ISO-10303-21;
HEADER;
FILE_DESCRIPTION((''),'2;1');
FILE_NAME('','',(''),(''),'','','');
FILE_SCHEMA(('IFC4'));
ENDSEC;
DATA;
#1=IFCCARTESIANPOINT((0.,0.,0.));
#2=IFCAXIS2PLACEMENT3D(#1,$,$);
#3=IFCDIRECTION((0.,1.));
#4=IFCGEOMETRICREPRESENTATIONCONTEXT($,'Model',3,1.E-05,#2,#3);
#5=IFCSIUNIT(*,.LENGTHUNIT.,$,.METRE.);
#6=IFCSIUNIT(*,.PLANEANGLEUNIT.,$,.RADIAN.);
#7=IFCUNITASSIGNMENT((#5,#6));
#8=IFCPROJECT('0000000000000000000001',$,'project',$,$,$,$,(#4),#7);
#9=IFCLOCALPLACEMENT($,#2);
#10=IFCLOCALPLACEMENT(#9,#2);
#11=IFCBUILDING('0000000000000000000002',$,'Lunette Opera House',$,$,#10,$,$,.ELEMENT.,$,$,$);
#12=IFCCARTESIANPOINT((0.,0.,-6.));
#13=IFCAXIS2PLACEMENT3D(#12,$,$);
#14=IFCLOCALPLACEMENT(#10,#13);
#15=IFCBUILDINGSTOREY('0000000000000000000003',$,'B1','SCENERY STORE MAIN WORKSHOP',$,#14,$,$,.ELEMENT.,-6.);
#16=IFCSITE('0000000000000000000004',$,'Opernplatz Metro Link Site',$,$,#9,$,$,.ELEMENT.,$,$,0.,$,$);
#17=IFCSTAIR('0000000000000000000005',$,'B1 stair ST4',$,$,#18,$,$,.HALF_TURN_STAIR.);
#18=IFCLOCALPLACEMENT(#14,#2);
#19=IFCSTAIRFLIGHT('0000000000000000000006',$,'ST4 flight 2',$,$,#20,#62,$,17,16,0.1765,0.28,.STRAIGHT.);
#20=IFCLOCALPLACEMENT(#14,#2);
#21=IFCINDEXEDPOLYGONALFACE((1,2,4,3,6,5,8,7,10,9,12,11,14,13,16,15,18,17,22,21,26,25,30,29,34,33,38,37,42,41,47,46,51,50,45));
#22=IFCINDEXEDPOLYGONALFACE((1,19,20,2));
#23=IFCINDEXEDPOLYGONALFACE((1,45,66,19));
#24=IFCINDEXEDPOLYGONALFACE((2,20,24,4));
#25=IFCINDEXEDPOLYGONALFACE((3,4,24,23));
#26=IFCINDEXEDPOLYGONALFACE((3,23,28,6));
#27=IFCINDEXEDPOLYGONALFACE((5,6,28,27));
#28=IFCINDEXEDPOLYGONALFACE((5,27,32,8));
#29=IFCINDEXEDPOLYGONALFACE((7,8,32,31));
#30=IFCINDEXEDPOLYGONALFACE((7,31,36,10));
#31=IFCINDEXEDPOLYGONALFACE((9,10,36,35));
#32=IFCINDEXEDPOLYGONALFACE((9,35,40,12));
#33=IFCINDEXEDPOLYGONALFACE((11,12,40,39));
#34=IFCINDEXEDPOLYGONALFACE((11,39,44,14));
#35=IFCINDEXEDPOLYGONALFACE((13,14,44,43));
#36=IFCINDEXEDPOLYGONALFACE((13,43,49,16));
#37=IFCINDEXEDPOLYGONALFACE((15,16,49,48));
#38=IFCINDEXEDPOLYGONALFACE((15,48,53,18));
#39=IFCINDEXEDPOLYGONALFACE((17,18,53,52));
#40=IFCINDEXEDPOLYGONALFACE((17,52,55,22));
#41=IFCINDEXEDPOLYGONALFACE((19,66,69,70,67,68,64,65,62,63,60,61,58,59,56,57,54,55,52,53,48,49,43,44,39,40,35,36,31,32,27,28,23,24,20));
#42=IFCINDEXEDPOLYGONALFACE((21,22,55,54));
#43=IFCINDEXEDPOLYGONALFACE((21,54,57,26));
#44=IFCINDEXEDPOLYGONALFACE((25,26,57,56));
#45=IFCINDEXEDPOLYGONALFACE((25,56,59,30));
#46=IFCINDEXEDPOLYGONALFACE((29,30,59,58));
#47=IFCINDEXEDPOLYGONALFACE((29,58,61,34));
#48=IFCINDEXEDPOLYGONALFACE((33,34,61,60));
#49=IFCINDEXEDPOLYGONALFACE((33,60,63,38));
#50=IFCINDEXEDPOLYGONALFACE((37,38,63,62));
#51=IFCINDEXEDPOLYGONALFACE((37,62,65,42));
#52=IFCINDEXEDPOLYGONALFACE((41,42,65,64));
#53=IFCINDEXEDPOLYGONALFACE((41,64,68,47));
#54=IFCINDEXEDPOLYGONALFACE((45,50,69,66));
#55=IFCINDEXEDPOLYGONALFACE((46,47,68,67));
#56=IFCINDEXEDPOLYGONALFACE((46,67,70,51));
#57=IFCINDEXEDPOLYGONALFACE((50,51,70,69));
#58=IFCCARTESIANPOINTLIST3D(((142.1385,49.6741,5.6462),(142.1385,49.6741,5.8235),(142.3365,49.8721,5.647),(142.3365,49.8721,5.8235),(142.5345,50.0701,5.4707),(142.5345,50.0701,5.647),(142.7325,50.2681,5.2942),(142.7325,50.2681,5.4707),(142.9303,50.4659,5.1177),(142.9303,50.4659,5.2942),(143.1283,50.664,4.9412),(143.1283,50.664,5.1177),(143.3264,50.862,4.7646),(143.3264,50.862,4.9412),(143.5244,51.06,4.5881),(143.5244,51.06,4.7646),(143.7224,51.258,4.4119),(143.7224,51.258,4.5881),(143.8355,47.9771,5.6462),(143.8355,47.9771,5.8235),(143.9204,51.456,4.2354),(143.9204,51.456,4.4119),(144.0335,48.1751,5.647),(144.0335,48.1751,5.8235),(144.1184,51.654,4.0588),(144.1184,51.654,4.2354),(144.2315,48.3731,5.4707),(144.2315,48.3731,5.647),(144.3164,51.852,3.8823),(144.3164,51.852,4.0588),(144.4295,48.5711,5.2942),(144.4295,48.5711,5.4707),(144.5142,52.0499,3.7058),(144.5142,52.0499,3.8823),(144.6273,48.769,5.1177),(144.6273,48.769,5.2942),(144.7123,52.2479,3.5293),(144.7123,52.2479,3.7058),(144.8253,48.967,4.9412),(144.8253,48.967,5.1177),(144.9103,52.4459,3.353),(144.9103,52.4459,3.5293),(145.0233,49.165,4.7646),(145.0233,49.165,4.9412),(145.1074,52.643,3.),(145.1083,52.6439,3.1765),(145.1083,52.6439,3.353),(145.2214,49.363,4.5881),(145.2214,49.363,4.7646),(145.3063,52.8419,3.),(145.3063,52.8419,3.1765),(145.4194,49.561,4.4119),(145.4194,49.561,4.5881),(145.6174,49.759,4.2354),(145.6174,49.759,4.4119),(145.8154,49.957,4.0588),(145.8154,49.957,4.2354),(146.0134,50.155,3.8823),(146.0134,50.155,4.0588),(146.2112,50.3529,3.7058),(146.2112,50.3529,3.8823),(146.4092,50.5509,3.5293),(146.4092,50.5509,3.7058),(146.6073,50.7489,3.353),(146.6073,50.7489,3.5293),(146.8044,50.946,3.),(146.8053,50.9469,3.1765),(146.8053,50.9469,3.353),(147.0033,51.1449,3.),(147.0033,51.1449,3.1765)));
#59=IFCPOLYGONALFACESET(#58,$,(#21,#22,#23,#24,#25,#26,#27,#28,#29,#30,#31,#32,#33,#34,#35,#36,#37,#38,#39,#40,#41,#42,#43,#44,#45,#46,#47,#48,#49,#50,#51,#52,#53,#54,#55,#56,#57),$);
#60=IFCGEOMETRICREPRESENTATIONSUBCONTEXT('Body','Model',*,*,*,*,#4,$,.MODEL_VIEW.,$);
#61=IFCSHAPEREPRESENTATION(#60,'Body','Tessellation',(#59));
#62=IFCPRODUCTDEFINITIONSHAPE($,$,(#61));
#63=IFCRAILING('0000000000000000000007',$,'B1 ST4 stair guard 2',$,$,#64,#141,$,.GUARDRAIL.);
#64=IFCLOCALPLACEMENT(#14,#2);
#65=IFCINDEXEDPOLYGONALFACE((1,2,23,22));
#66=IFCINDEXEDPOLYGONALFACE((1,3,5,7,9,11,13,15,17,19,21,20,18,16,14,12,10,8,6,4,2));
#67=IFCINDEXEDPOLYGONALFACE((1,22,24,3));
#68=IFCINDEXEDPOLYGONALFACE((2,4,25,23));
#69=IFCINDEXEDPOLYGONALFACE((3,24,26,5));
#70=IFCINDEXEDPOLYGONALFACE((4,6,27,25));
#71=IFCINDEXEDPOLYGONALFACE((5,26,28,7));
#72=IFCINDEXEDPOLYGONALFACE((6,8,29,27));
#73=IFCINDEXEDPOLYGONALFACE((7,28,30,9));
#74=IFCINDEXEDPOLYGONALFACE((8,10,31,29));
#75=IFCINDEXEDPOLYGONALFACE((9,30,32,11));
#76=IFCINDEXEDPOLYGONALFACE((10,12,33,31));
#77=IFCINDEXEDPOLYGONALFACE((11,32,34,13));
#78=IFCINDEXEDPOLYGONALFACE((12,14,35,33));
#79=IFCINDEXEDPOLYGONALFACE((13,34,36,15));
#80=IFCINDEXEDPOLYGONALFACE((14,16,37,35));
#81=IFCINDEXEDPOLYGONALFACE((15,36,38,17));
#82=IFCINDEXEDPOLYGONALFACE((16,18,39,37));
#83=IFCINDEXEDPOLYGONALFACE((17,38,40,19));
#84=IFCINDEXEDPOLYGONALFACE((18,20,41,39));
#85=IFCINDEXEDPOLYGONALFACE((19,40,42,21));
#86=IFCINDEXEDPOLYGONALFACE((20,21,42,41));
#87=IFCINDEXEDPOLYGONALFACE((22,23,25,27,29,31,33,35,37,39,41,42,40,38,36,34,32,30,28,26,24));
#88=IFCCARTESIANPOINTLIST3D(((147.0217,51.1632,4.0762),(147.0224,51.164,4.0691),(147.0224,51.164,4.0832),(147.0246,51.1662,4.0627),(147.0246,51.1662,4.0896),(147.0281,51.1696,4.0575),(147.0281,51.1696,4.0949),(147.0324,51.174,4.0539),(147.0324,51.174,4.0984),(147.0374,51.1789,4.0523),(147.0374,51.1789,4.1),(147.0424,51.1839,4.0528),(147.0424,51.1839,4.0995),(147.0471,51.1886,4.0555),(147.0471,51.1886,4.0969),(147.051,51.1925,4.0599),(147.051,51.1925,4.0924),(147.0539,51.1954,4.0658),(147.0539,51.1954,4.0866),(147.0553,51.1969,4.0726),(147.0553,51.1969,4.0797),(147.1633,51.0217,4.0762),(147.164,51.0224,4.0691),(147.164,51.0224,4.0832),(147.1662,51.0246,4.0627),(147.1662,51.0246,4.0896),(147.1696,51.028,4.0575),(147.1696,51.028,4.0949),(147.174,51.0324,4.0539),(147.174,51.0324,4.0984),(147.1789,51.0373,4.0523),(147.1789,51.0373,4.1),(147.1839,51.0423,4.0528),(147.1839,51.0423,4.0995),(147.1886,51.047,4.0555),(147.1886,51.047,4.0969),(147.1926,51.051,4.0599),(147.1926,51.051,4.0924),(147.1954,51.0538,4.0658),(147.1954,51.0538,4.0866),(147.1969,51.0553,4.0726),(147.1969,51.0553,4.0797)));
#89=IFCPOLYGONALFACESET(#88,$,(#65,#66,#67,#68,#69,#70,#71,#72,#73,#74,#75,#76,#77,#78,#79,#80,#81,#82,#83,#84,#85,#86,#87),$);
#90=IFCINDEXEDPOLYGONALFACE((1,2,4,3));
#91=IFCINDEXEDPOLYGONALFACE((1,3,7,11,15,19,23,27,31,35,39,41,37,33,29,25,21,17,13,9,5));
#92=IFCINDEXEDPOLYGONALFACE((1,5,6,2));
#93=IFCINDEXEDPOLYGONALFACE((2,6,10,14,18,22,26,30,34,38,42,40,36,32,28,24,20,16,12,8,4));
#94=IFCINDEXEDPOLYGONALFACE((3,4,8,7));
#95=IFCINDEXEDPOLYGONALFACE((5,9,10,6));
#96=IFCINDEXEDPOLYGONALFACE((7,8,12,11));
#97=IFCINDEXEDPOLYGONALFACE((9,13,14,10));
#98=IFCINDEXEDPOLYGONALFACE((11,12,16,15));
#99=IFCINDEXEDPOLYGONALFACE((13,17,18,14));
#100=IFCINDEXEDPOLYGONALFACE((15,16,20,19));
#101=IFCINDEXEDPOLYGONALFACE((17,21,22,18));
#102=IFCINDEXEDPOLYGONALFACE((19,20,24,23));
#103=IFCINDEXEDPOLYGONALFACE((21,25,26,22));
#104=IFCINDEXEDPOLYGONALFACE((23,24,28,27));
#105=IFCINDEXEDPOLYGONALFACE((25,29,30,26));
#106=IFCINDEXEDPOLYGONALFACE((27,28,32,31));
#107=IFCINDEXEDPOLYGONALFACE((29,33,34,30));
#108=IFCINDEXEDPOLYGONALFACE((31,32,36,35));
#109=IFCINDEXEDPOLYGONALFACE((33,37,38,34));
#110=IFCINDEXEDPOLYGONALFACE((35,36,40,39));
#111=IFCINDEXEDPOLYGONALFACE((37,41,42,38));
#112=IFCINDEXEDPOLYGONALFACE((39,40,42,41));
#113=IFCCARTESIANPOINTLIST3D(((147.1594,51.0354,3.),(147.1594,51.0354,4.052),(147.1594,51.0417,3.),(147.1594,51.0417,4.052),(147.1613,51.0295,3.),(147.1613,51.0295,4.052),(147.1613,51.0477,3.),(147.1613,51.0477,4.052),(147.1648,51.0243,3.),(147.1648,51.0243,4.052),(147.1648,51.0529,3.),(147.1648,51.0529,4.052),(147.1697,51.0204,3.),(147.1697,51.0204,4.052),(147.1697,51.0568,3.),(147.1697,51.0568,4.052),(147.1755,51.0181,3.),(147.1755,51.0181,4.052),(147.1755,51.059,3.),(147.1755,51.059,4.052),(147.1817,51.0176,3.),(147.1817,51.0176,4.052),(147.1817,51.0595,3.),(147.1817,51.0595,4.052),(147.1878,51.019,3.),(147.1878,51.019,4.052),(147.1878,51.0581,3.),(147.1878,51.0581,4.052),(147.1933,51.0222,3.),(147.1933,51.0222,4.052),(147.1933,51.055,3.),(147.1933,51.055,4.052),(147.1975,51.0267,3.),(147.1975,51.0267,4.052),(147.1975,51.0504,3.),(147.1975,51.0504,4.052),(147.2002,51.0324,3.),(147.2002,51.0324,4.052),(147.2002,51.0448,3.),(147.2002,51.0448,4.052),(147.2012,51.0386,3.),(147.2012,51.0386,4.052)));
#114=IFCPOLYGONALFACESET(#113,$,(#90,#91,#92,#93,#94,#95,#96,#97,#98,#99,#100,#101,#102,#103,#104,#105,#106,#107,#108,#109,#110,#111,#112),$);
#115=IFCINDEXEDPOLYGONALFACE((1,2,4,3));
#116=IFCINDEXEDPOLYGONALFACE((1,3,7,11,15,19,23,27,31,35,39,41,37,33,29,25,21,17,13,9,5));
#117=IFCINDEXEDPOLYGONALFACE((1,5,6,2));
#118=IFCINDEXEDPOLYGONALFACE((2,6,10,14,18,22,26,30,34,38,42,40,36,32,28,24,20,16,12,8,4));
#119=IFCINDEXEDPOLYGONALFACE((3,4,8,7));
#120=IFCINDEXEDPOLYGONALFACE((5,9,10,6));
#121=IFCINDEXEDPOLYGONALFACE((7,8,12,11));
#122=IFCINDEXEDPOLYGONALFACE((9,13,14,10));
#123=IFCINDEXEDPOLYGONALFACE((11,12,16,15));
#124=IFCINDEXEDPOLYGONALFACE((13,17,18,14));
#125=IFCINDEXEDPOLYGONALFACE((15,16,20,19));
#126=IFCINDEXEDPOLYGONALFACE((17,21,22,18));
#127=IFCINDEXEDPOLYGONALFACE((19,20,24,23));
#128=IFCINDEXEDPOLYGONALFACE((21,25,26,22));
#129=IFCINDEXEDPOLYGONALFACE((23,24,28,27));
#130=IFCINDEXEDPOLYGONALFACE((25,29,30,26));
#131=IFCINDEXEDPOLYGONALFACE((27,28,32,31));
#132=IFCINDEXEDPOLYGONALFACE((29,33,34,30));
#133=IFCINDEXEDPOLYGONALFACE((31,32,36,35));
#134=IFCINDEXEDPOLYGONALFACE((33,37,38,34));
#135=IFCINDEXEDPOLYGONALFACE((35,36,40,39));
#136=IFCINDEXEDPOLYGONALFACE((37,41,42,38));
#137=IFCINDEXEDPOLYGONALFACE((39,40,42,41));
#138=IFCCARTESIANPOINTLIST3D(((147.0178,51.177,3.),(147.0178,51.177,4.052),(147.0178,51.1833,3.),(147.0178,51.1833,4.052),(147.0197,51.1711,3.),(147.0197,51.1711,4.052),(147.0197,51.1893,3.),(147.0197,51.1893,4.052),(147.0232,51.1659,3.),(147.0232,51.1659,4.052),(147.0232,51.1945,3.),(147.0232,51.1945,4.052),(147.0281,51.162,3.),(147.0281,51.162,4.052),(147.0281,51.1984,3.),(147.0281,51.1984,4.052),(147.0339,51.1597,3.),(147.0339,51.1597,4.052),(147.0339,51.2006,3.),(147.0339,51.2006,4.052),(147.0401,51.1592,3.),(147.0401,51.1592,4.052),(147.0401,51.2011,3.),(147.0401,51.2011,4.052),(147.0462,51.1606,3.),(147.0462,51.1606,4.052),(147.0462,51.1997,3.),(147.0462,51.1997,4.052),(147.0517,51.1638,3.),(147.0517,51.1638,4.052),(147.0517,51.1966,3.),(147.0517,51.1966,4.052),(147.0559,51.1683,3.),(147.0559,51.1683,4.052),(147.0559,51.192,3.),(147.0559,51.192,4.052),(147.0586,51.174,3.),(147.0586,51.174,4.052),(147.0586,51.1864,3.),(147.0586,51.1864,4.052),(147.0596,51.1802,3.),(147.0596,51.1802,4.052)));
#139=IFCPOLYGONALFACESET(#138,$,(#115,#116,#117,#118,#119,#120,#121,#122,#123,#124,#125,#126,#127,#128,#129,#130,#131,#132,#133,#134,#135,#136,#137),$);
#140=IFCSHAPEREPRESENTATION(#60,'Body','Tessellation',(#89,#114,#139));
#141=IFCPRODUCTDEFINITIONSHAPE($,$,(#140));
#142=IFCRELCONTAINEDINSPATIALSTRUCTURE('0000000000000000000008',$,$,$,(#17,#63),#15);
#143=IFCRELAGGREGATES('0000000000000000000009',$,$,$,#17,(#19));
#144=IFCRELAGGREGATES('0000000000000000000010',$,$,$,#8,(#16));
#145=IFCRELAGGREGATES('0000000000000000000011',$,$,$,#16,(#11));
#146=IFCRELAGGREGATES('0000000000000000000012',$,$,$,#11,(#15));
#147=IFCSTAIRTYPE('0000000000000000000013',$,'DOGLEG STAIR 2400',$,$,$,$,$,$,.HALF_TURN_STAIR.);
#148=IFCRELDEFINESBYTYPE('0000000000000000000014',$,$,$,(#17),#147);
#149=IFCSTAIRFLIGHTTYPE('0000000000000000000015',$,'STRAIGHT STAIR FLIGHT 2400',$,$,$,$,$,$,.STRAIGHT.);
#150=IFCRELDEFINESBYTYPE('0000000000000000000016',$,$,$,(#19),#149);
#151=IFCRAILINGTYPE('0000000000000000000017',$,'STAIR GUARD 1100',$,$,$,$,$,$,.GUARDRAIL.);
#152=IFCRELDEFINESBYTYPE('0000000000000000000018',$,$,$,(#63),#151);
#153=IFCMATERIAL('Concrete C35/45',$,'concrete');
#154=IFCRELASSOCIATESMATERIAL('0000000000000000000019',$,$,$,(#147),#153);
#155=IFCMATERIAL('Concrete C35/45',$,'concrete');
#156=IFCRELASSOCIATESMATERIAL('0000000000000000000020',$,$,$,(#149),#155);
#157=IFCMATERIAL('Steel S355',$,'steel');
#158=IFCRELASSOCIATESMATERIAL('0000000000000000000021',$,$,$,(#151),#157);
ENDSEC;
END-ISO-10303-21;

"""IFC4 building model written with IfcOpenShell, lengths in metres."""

from ifc_helpers import new_model, si_unit, direction, frame, origin, origin_2d, place, context, subcontext, project, spatial, polyline, circle, outline, extrude, material, type_object, element, aggregate, save


model = new_model("IFC4")

# Units and contexts
model_context = context("Model", 3, precision=1e-05, world=origin(), true_north=direction((0.0, 1.0)))
body_context = subcontext(model_context, "Body", "Model", "MODEL_VIEW")
ifc_project = project(units=[si_unit("LENGTHUNIT", "METRE"), si_unit("PLANEANGLEUNIT", "RADIAN")], contexts=[model_context])

# Site, building, storey
site_placement = place(None, origin())
site = spatial("IfcSite", under=ifc_project, at=site_placement, Name="Opernplatz Metro Link Site", CompositionType="ELEMENT", RefElevation=0.0)
building_placement = place(site_placement, origin())
building = spatial("IfcBuilding", under=site, at=building_placement, Name="Lunette Opera House", CompositionType="ELEMENT")
storey_placement = place(building_placement, frame((0.0, 0.0, -6.0)))
storey = spatial("IfcBuildingStorey", under=building, at=storey_placement, Name="B1", Description="SCENERY STORE MAIN WORKSHOP", CompositionType="ELEMENT", Elevation=-6.0)

# Stair, stair flight
ifc_material_1 = material(Name="Concrete C35/45", Category="concrete")
stair_type = type_object("IfcStairType", Name="DOGLEG STAIR 2400", PredefinedType="HALF_TURN_STAIR", material=ifc_material_1)
stair_placement = place(storey_placement, origin())
stair = element("IfcStair", 1, at=stair_placement, inside=storey, type_object=stair_type, Name="B1 stair ST4", PredefinedType="HALF_TURN_STAIR")
ifc_material_2 = material(Name="Concrete C35/45", Category="concrete")
stair_flight_type = type_object("IfcStairFlightType", Name="STRAIGHT STAIR FLIGHT 2400", PredefinedType="STRAIGHT", material=ifc_material_2)
stair_flight_placement = place(storey_placement, frame((146.1548, 51.9934, 3.0), z_axis=(0.0, 0.0, 1.0), x_axis=(-0.707107, -0.707107, 0.0)))
stair_flight = element("IfcStairFlight", 2, at=stair_flight_placement, type_object=stair_flight_type, Name="ST4 flight 2", NumberOfRisers=17, NumberOfTreads=16, PredefinedType="STRAIGHT", RiserHeight=0.1765, TreadLength=0.28, context=body_context, shape_type="SweptSolid", body=[
    extrude(outline(polyline([(0.0, 0.0), (0.0, 0.1765), (0.28, 0.1765), (0.28, 0.353), (0.5601, 0.353), (0.5601, 0.5293), (0.8401, 0.5293), (0.8401, 0.7058), (1.1201, 0.7058), (1.1201, 0.8823), (1.3999, 0.8823), (1.3999, 1.0588), (1.6799, 1.0588), (1.6799, 1.2354), (1.96, 1.2354), (1.96, 1.4119), (2.24, 1.4119), (2.24, 1.5881), (2.52, 1.5881), (2.52, 1.7646), (2.8, 1.7646), (2.8, 1.9412), (3.0801, 1.9412), (3.0801, 2.1177), (3.3601, 2.1177), (3.3601, 2.2942), (3.6399, 2.2942), (3.6399, 2.4707), (3.9199, 2.4707), (3.9199, 2.647), (4.2, 2.647), (4.2, 2.8235), (4.48, 2.8235), (4.48, 3.0), (4.48, 2.6462), (0.2812, 0.0), (0.0, 0.0)])), frame((0.0, 1.2, 0.0), z_axis=(0.0, -1.0, 0.0), x_axis=(1.0, 0.0, 0.0)), (0.0, 0.0, 1.0), 2.3999),
])
aggregate(stair, [stair_flight])

# Railing
ifc_material_3 = material(Name="Steel S355", Category="steel")
railing_type_1 = type_object("IfcRailingType", Name="STAIR GUARD 1100", PredefinedType="GUARDRAIL", material=ifc_material_3)
railing_1_placement = place(storey_placement, frame((147.1802, 51.0386, 3.0)))
element("IfcRailing", 3, at=railing_1_placement, inside=storey, type_object=railing_type_1, Name="B1 ST4 stair guard 2", PredefinedType="GUARDRAIL", context=body_context, shape_type="SweptSolid", body=[
    extrude(circle(Radius=0.0239, at=origin_2d()), frame((0.0, 0.0, 1.0762), z_axis=(-0.707107, 0.707107, 0.0), x_axis=(-0.707107, -0.707107, 0.0)), (0.0, 0.0, 1.0), 0.2002),
    extrude(circle(Radius=0.021, at=origin_2d()), origin(), (0.0, 0.0, 1.0), 1.052),
    extrude(circle(Radius=0.021, at=origin_2d()), frame((-0.1416, 0.1416, 0.0)), (0.0, 0.0, 1.0), 1.052),
])

save(model, "model.ifc")
